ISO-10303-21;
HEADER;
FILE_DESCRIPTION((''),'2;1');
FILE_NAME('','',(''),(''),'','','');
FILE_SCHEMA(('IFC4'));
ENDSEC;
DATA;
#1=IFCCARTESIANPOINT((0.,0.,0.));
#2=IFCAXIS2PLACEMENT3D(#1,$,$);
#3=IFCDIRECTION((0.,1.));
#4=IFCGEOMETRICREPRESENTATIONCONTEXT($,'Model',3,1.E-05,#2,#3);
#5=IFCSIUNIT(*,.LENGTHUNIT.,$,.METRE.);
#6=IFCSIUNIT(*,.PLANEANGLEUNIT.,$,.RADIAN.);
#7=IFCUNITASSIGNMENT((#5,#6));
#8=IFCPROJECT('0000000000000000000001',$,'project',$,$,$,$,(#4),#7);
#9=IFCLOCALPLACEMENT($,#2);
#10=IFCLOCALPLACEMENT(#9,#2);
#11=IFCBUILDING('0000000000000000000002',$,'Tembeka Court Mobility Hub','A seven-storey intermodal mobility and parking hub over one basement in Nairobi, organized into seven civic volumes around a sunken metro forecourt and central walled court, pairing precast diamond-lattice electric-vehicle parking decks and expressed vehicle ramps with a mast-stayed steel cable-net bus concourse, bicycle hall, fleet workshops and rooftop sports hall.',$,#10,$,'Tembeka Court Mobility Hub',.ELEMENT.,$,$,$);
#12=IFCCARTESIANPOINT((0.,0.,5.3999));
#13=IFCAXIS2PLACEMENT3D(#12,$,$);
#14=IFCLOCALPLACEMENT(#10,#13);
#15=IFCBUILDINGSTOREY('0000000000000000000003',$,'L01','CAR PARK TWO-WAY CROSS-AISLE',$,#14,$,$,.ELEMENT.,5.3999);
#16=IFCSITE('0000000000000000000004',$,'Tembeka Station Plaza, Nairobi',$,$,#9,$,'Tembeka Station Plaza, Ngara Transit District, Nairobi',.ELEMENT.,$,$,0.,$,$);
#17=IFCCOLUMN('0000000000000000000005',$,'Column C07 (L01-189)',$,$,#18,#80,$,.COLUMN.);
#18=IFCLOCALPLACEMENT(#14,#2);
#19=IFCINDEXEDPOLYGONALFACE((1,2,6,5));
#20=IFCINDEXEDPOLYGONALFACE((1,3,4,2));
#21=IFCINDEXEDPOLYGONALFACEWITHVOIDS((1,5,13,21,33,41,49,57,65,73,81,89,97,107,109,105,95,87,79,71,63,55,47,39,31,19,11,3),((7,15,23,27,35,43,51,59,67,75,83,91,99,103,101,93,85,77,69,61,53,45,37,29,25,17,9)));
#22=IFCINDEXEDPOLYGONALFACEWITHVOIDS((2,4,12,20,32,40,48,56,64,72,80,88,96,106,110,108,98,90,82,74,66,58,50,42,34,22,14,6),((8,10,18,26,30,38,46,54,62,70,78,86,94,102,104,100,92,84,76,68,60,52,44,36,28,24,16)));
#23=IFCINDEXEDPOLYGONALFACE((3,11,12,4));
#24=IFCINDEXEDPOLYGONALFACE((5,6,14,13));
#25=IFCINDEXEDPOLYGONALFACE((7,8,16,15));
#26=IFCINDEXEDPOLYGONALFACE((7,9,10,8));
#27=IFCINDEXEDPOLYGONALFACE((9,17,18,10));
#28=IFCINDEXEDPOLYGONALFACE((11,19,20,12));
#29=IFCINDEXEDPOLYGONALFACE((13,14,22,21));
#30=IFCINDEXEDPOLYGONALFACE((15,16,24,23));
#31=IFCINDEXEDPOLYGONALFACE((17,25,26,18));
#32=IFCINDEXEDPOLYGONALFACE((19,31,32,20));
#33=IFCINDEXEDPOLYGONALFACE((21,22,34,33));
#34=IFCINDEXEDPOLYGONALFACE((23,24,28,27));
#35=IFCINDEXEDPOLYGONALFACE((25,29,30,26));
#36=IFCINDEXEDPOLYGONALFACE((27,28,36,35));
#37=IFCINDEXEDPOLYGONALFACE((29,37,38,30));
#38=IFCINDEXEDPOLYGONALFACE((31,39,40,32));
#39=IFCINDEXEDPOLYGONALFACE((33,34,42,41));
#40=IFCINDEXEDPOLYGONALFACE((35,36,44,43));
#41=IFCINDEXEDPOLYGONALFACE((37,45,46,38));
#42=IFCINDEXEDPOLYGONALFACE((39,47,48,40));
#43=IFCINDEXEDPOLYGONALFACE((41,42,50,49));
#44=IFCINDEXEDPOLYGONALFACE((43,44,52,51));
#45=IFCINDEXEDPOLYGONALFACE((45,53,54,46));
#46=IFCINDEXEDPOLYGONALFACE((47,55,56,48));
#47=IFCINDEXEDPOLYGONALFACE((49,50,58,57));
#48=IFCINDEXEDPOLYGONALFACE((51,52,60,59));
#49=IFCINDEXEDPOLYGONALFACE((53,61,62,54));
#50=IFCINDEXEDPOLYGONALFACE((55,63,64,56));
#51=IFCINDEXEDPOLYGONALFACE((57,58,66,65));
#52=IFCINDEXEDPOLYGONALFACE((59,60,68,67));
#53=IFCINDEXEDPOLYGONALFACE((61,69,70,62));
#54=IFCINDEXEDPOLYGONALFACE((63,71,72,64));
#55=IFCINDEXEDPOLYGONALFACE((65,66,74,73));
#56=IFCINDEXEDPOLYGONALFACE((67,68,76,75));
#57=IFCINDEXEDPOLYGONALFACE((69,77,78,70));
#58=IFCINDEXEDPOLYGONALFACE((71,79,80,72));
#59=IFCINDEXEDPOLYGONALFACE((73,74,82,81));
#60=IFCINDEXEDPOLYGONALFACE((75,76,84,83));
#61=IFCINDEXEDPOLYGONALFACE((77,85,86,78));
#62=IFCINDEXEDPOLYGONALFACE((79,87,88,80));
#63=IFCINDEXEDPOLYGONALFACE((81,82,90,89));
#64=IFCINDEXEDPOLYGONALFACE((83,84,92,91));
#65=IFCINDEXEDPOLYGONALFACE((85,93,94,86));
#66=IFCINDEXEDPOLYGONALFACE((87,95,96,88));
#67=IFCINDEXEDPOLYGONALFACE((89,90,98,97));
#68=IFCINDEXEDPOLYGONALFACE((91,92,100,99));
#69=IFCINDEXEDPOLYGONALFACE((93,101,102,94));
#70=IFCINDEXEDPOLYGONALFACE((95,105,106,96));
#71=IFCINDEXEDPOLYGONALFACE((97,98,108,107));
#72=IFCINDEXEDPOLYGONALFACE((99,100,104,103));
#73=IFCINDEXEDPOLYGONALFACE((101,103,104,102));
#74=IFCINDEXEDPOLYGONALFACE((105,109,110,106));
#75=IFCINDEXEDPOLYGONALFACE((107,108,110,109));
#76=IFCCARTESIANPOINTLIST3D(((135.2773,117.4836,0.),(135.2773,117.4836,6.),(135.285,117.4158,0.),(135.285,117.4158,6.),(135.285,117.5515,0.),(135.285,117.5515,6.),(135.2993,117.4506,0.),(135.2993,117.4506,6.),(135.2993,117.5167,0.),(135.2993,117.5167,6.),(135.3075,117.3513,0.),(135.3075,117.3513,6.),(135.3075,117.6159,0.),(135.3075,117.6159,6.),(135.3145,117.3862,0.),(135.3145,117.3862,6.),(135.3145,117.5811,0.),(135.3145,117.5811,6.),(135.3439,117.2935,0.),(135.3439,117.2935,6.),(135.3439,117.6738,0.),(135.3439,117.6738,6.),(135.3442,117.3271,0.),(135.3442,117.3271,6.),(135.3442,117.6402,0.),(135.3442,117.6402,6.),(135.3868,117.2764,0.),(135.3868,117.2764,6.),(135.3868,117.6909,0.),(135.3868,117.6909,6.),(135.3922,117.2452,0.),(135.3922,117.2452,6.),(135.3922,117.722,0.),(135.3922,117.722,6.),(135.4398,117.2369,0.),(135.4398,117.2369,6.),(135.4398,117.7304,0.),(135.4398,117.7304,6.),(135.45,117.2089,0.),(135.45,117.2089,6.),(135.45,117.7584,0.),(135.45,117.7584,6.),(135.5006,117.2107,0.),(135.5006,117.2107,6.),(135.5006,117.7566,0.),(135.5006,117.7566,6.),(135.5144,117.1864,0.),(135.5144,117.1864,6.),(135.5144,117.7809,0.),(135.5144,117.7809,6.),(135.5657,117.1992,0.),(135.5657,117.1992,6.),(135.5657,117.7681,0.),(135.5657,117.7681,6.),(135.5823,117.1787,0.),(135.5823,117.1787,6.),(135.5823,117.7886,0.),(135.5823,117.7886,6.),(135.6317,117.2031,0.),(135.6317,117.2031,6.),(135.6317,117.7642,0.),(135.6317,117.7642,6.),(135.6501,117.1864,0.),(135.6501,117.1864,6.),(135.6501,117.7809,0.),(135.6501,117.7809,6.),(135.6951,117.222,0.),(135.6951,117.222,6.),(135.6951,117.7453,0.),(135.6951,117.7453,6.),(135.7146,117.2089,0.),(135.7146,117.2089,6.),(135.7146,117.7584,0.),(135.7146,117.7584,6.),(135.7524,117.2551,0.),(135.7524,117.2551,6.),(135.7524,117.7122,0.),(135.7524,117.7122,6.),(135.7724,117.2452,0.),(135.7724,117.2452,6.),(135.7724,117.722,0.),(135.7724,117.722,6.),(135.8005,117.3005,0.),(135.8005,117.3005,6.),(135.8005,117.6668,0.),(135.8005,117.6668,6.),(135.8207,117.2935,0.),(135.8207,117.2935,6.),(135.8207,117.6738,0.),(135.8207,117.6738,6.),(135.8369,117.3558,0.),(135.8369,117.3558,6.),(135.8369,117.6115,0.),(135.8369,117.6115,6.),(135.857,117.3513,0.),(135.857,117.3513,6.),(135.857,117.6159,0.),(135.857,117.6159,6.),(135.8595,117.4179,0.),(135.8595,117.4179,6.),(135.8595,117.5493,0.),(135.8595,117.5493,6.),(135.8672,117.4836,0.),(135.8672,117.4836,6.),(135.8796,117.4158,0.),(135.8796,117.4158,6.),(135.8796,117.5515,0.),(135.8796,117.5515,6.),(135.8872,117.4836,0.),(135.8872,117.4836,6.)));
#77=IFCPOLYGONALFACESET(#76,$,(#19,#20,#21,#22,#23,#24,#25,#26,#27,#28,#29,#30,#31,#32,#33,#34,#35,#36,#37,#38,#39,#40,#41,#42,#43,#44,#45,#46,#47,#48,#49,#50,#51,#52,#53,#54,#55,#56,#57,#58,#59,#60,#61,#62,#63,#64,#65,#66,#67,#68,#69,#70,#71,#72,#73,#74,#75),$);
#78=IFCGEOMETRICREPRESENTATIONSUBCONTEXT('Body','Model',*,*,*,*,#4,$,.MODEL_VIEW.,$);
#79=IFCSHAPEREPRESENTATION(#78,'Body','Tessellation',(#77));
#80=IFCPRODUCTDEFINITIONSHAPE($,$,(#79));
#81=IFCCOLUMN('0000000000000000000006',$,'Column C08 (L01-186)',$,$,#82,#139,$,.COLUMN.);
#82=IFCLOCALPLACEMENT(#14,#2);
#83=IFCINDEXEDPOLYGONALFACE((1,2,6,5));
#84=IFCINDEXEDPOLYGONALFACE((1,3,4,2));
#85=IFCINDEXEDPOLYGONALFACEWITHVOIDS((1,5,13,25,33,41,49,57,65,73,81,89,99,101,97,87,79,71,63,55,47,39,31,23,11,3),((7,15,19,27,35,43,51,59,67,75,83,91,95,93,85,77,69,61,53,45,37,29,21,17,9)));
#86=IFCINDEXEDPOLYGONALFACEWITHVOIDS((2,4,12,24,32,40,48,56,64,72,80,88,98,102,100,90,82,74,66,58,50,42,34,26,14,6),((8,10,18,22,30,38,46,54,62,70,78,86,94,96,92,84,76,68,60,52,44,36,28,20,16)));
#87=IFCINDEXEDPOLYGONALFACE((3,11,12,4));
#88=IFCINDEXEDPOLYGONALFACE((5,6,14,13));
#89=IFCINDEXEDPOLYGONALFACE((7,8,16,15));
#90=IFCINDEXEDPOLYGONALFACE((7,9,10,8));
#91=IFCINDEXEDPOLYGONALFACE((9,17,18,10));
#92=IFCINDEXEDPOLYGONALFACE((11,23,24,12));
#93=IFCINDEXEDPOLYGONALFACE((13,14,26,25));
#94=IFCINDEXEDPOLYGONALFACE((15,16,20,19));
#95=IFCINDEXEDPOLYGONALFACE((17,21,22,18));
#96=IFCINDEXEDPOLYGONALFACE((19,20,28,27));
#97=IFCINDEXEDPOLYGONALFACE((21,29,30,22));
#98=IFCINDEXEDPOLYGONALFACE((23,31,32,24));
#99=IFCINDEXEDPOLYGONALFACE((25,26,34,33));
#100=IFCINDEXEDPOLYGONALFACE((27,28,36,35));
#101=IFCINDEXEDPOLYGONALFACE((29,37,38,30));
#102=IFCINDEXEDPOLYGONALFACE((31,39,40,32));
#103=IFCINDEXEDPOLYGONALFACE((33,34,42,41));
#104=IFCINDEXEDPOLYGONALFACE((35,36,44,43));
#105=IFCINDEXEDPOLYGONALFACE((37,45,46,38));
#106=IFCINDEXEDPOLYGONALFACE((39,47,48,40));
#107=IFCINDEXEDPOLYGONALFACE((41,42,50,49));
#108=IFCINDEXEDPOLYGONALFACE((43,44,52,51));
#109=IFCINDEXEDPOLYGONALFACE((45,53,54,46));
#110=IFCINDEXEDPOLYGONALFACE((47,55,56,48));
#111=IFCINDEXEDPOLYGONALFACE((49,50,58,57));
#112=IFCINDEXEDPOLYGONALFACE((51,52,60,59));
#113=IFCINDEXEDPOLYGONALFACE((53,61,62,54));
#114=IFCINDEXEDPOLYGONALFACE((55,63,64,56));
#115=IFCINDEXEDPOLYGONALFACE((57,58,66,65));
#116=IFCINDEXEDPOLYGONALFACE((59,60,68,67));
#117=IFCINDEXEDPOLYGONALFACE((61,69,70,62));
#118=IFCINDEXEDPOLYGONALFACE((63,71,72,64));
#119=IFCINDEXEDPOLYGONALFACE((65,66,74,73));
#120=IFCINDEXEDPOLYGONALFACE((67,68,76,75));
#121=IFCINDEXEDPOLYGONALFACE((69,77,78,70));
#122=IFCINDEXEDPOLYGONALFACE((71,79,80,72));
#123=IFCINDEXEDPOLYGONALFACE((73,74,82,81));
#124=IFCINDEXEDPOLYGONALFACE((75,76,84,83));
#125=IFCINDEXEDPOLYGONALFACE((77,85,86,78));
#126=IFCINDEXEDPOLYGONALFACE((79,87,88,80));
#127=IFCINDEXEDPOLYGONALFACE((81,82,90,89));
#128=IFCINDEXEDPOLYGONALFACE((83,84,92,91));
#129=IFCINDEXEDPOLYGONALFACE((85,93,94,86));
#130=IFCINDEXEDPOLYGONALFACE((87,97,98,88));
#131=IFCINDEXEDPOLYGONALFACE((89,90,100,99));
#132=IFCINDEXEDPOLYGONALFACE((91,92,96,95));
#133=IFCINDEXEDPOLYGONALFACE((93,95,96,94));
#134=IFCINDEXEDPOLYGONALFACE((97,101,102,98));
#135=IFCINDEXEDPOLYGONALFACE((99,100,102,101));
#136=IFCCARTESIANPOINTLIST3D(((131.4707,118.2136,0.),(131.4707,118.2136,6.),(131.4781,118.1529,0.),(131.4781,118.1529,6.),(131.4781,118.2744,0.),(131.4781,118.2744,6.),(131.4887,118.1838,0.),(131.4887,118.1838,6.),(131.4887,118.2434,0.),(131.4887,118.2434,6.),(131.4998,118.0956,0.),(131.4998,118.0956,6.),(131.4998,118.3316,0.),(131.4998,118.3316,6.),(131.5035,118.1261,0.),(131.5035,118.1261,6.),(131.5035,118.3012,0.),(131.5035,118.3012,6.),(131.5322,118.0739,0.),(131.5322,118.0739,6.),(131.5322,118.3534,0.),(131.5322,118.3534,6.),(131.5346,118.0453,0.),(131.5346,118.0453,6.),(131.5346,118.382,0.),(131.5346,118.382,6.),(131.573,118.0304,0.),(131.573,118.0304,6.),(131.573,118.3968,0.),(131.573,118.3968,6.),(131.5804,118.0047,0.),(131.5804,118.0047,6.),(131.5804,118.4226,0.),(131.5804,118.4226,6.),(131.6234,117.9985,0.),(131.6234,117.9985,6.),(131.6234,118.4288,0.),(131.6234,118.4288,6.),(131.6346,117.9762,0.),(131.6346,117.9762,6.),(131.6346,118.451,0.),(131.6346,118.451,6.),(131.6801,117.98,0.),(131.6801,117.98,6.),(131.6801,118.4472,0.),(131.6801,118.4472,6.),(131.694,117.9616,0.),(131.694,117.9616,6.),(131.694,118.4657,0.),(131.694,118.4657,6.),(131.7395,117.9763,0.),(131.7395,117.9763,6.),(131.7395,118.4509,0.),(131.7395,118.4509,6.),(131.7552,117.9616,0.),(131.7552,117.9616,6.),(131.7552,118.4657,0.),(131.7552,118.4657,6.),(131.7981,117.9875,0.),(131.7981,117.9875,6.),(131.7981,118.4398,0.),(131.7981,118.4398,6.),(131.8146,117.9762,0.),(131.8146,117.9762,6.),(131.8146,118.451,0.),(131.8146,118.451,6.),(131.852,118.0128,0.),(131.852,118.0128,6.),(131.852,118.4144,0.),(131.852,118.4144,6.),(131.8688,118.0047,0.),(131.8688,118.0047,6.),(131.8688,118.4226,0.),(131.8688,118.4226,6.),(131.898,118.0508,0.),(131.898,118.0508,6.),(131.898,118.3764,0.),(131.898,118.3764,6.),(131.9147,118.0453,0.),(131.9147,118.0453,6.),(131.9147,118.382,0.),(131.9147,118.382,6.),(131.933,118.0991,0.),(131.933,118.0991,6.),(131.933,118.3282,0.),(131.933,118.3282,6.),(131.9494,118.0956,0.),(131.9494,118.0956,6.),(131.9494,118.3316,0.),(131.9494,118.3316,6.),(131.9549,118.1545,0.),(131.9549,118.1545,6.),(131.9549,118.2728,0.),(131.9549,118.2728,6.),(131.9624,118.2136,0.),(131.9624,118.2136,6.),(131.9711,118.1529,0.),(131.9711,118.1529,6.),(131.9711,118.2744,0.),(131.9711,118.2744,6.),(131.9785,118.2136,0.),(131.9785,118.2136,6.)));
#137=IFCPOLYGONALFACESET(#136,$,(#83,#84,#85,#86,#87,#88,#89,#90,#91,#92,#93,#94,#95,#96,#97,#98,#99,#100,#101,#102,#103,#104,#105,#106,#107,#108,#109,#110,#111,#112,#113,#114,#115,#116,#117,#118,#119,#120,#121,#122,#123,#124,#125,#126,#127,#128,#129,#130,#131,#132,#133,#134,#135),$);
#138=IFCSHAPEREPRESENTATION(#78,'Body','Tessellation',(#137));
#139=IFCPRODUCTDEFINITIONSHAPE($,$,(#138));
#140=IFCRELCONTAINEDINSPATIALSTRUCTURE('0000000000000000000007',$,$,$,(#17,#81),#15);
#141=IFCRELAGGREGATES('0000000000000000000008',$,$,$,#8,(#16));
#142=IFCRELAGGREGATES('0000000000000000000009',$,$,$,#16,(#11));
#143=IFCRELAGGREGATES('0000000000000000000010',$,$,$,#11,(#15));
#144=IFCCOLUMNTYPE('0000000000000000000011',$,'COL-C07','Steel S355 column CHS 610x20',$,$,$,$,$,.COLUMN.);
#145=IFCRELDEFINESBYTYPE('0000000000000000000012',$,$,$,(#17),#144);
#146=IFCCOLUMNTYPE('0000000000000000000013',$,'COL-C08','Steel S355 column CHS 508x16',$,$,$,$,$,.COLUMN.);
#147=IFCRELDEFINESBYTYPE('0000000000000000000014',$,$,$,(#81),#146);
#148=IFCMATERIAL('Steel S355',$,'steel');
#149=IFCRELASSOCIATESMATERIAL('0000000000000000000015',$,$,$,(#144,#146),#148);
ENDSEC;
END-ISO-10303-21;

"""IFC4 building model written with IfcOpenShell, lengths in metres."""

from ifc_helpers import new_model, si_unit, direction, frame, origin, origin_2d, place, context, subcontext, project, spatial, hollow_circle, extrude, material, material_profile, profile_set, type_object, element, save


model = new_model("IFC4")

# Units and contexts
model_context = context("Model", 3, precision=1e-05, world=origin(), true_north=direction((0.0, 1.0)))
body_context = subcontext(model_context, "Body", "Model", "MODEL_VIEW")
ifc_project = project(units=[si_unit("LENGTHUNIT", "METRE"), si_unit("PLANEANGLEUNIT", "RADIAN")], contexts=[model_context])

# Site, building, storey
site_placement = place(None, origin())
site = spatial("IfcSite", under=ifc_project, at=site_placement, Name="Tembeka Station Plaza, Nairobi", LongName="Tembeka Station Plaza, Ngara Transit District, Nairobi", CompositionType="ELEMENT", RefElevation=0.0)
building_placement = place(site_placement, origin())
building = spatial("IfcBuilding", under=site, at=building_placement, Name="Tembeka Court Mobility Hub", Description="A seven-storey intermodal mobility and parking hub over one basement in Nairobi, organized into seven civic volumes around a sunken metro forecourt and central walled court, pairing precast diamond-lattice electric-vehicle parking decks and expressed vehicle ramps with a mast-stayed steel cable-net bus concourse, bicycle hall, fleet workshops and rooftop sports hall.", LongName="Tembeka Court Mobility Hub", CompositionType="ELEMENT")
storey_placement = place(building_placement, frame((0.0, 0.0, 5.3999)))
storey = spatial("IfcBuildingStorey", under=building, at=storey_placement, Name="L01", Description="CAR PARK TWO-WAY CROSS-AISLE", CompositionType="ELEMENT", Elevation=5.3999)

# Columns
ifc_material_1 = material(Name="Steel S355", Category="steel")
ifc_material_profile_1 = material_profile(ifc_material_1, hollow_circle(Radius=0.3049, WallThickness=0.02, at=origin_2d()), Name="CHS 610x20")
ifc_profile_set_1 = profile_set([ifc_material_profile_1], Name="Steel S355")
column_type_1 = type_object("IfcColumnType", Name="COL-C07", Description="Steel S355 column CHS 610x20", PredefinedType="COLUMN", material=ifc_profile_set_1)
column_1_placement = place(storey_placement, frame((135.5823, 117.4836, 0.0), z_axis=(0.0, 0.0, 1.0), x_axis=(1.0, 0.0, 0.0)))
element("IfcColumn", 1, at=column_1_placement, inside=storey, type_object=column_type_1, Name="Column C07 (L01-189)", PredefinedType="COLUMN", context=body_context, shape_type="SweptSolid", body=[
    extrude(hollow_circle(Radius=0.3049, WallThickness=0.02, at=origin_2d()), origin(), (0.0, 0.0, 1.0), 6.0),
])
ifc_material_profile_2 = material_profile(ifc_material_1, hollow_circle(Radius=0.2539, WallThickness=0.0161, at=origin_2d()), Name="CHS 508x16")
ifc_profile_set_2 = profile_set([ifc_material_profile_2], Name="Steel S355")
column_type_2 = type_object("IfcColumnType", Name="COL-C08", Description="Steel S355 column CHS 508x16", PredefinedType="COLUMN", material=ifc_profile_set_2)
column_2_placement = place(storey_placement, frame((131.7246, 118.2136, 0.0), z_axis=(0.0, 0.0, 1.0), x_axis=(1.0, 0.0, 0.0)))
element("IfcColumn", 2, at=column_2_placement, inside=storey, type_object=column_type_2, Name="Column C08 (L01-186)", PredefinedType="COLUMN", context=body_context, shape_type="SweptSolid", body=[
    extrude(hollow_circle(Radius=0.2539, WallThickness=0.0161, at=origin_2d()), origin(), (0.0, 0.0, 1.0), 6.0),
])

save(model, "model.ifc")
